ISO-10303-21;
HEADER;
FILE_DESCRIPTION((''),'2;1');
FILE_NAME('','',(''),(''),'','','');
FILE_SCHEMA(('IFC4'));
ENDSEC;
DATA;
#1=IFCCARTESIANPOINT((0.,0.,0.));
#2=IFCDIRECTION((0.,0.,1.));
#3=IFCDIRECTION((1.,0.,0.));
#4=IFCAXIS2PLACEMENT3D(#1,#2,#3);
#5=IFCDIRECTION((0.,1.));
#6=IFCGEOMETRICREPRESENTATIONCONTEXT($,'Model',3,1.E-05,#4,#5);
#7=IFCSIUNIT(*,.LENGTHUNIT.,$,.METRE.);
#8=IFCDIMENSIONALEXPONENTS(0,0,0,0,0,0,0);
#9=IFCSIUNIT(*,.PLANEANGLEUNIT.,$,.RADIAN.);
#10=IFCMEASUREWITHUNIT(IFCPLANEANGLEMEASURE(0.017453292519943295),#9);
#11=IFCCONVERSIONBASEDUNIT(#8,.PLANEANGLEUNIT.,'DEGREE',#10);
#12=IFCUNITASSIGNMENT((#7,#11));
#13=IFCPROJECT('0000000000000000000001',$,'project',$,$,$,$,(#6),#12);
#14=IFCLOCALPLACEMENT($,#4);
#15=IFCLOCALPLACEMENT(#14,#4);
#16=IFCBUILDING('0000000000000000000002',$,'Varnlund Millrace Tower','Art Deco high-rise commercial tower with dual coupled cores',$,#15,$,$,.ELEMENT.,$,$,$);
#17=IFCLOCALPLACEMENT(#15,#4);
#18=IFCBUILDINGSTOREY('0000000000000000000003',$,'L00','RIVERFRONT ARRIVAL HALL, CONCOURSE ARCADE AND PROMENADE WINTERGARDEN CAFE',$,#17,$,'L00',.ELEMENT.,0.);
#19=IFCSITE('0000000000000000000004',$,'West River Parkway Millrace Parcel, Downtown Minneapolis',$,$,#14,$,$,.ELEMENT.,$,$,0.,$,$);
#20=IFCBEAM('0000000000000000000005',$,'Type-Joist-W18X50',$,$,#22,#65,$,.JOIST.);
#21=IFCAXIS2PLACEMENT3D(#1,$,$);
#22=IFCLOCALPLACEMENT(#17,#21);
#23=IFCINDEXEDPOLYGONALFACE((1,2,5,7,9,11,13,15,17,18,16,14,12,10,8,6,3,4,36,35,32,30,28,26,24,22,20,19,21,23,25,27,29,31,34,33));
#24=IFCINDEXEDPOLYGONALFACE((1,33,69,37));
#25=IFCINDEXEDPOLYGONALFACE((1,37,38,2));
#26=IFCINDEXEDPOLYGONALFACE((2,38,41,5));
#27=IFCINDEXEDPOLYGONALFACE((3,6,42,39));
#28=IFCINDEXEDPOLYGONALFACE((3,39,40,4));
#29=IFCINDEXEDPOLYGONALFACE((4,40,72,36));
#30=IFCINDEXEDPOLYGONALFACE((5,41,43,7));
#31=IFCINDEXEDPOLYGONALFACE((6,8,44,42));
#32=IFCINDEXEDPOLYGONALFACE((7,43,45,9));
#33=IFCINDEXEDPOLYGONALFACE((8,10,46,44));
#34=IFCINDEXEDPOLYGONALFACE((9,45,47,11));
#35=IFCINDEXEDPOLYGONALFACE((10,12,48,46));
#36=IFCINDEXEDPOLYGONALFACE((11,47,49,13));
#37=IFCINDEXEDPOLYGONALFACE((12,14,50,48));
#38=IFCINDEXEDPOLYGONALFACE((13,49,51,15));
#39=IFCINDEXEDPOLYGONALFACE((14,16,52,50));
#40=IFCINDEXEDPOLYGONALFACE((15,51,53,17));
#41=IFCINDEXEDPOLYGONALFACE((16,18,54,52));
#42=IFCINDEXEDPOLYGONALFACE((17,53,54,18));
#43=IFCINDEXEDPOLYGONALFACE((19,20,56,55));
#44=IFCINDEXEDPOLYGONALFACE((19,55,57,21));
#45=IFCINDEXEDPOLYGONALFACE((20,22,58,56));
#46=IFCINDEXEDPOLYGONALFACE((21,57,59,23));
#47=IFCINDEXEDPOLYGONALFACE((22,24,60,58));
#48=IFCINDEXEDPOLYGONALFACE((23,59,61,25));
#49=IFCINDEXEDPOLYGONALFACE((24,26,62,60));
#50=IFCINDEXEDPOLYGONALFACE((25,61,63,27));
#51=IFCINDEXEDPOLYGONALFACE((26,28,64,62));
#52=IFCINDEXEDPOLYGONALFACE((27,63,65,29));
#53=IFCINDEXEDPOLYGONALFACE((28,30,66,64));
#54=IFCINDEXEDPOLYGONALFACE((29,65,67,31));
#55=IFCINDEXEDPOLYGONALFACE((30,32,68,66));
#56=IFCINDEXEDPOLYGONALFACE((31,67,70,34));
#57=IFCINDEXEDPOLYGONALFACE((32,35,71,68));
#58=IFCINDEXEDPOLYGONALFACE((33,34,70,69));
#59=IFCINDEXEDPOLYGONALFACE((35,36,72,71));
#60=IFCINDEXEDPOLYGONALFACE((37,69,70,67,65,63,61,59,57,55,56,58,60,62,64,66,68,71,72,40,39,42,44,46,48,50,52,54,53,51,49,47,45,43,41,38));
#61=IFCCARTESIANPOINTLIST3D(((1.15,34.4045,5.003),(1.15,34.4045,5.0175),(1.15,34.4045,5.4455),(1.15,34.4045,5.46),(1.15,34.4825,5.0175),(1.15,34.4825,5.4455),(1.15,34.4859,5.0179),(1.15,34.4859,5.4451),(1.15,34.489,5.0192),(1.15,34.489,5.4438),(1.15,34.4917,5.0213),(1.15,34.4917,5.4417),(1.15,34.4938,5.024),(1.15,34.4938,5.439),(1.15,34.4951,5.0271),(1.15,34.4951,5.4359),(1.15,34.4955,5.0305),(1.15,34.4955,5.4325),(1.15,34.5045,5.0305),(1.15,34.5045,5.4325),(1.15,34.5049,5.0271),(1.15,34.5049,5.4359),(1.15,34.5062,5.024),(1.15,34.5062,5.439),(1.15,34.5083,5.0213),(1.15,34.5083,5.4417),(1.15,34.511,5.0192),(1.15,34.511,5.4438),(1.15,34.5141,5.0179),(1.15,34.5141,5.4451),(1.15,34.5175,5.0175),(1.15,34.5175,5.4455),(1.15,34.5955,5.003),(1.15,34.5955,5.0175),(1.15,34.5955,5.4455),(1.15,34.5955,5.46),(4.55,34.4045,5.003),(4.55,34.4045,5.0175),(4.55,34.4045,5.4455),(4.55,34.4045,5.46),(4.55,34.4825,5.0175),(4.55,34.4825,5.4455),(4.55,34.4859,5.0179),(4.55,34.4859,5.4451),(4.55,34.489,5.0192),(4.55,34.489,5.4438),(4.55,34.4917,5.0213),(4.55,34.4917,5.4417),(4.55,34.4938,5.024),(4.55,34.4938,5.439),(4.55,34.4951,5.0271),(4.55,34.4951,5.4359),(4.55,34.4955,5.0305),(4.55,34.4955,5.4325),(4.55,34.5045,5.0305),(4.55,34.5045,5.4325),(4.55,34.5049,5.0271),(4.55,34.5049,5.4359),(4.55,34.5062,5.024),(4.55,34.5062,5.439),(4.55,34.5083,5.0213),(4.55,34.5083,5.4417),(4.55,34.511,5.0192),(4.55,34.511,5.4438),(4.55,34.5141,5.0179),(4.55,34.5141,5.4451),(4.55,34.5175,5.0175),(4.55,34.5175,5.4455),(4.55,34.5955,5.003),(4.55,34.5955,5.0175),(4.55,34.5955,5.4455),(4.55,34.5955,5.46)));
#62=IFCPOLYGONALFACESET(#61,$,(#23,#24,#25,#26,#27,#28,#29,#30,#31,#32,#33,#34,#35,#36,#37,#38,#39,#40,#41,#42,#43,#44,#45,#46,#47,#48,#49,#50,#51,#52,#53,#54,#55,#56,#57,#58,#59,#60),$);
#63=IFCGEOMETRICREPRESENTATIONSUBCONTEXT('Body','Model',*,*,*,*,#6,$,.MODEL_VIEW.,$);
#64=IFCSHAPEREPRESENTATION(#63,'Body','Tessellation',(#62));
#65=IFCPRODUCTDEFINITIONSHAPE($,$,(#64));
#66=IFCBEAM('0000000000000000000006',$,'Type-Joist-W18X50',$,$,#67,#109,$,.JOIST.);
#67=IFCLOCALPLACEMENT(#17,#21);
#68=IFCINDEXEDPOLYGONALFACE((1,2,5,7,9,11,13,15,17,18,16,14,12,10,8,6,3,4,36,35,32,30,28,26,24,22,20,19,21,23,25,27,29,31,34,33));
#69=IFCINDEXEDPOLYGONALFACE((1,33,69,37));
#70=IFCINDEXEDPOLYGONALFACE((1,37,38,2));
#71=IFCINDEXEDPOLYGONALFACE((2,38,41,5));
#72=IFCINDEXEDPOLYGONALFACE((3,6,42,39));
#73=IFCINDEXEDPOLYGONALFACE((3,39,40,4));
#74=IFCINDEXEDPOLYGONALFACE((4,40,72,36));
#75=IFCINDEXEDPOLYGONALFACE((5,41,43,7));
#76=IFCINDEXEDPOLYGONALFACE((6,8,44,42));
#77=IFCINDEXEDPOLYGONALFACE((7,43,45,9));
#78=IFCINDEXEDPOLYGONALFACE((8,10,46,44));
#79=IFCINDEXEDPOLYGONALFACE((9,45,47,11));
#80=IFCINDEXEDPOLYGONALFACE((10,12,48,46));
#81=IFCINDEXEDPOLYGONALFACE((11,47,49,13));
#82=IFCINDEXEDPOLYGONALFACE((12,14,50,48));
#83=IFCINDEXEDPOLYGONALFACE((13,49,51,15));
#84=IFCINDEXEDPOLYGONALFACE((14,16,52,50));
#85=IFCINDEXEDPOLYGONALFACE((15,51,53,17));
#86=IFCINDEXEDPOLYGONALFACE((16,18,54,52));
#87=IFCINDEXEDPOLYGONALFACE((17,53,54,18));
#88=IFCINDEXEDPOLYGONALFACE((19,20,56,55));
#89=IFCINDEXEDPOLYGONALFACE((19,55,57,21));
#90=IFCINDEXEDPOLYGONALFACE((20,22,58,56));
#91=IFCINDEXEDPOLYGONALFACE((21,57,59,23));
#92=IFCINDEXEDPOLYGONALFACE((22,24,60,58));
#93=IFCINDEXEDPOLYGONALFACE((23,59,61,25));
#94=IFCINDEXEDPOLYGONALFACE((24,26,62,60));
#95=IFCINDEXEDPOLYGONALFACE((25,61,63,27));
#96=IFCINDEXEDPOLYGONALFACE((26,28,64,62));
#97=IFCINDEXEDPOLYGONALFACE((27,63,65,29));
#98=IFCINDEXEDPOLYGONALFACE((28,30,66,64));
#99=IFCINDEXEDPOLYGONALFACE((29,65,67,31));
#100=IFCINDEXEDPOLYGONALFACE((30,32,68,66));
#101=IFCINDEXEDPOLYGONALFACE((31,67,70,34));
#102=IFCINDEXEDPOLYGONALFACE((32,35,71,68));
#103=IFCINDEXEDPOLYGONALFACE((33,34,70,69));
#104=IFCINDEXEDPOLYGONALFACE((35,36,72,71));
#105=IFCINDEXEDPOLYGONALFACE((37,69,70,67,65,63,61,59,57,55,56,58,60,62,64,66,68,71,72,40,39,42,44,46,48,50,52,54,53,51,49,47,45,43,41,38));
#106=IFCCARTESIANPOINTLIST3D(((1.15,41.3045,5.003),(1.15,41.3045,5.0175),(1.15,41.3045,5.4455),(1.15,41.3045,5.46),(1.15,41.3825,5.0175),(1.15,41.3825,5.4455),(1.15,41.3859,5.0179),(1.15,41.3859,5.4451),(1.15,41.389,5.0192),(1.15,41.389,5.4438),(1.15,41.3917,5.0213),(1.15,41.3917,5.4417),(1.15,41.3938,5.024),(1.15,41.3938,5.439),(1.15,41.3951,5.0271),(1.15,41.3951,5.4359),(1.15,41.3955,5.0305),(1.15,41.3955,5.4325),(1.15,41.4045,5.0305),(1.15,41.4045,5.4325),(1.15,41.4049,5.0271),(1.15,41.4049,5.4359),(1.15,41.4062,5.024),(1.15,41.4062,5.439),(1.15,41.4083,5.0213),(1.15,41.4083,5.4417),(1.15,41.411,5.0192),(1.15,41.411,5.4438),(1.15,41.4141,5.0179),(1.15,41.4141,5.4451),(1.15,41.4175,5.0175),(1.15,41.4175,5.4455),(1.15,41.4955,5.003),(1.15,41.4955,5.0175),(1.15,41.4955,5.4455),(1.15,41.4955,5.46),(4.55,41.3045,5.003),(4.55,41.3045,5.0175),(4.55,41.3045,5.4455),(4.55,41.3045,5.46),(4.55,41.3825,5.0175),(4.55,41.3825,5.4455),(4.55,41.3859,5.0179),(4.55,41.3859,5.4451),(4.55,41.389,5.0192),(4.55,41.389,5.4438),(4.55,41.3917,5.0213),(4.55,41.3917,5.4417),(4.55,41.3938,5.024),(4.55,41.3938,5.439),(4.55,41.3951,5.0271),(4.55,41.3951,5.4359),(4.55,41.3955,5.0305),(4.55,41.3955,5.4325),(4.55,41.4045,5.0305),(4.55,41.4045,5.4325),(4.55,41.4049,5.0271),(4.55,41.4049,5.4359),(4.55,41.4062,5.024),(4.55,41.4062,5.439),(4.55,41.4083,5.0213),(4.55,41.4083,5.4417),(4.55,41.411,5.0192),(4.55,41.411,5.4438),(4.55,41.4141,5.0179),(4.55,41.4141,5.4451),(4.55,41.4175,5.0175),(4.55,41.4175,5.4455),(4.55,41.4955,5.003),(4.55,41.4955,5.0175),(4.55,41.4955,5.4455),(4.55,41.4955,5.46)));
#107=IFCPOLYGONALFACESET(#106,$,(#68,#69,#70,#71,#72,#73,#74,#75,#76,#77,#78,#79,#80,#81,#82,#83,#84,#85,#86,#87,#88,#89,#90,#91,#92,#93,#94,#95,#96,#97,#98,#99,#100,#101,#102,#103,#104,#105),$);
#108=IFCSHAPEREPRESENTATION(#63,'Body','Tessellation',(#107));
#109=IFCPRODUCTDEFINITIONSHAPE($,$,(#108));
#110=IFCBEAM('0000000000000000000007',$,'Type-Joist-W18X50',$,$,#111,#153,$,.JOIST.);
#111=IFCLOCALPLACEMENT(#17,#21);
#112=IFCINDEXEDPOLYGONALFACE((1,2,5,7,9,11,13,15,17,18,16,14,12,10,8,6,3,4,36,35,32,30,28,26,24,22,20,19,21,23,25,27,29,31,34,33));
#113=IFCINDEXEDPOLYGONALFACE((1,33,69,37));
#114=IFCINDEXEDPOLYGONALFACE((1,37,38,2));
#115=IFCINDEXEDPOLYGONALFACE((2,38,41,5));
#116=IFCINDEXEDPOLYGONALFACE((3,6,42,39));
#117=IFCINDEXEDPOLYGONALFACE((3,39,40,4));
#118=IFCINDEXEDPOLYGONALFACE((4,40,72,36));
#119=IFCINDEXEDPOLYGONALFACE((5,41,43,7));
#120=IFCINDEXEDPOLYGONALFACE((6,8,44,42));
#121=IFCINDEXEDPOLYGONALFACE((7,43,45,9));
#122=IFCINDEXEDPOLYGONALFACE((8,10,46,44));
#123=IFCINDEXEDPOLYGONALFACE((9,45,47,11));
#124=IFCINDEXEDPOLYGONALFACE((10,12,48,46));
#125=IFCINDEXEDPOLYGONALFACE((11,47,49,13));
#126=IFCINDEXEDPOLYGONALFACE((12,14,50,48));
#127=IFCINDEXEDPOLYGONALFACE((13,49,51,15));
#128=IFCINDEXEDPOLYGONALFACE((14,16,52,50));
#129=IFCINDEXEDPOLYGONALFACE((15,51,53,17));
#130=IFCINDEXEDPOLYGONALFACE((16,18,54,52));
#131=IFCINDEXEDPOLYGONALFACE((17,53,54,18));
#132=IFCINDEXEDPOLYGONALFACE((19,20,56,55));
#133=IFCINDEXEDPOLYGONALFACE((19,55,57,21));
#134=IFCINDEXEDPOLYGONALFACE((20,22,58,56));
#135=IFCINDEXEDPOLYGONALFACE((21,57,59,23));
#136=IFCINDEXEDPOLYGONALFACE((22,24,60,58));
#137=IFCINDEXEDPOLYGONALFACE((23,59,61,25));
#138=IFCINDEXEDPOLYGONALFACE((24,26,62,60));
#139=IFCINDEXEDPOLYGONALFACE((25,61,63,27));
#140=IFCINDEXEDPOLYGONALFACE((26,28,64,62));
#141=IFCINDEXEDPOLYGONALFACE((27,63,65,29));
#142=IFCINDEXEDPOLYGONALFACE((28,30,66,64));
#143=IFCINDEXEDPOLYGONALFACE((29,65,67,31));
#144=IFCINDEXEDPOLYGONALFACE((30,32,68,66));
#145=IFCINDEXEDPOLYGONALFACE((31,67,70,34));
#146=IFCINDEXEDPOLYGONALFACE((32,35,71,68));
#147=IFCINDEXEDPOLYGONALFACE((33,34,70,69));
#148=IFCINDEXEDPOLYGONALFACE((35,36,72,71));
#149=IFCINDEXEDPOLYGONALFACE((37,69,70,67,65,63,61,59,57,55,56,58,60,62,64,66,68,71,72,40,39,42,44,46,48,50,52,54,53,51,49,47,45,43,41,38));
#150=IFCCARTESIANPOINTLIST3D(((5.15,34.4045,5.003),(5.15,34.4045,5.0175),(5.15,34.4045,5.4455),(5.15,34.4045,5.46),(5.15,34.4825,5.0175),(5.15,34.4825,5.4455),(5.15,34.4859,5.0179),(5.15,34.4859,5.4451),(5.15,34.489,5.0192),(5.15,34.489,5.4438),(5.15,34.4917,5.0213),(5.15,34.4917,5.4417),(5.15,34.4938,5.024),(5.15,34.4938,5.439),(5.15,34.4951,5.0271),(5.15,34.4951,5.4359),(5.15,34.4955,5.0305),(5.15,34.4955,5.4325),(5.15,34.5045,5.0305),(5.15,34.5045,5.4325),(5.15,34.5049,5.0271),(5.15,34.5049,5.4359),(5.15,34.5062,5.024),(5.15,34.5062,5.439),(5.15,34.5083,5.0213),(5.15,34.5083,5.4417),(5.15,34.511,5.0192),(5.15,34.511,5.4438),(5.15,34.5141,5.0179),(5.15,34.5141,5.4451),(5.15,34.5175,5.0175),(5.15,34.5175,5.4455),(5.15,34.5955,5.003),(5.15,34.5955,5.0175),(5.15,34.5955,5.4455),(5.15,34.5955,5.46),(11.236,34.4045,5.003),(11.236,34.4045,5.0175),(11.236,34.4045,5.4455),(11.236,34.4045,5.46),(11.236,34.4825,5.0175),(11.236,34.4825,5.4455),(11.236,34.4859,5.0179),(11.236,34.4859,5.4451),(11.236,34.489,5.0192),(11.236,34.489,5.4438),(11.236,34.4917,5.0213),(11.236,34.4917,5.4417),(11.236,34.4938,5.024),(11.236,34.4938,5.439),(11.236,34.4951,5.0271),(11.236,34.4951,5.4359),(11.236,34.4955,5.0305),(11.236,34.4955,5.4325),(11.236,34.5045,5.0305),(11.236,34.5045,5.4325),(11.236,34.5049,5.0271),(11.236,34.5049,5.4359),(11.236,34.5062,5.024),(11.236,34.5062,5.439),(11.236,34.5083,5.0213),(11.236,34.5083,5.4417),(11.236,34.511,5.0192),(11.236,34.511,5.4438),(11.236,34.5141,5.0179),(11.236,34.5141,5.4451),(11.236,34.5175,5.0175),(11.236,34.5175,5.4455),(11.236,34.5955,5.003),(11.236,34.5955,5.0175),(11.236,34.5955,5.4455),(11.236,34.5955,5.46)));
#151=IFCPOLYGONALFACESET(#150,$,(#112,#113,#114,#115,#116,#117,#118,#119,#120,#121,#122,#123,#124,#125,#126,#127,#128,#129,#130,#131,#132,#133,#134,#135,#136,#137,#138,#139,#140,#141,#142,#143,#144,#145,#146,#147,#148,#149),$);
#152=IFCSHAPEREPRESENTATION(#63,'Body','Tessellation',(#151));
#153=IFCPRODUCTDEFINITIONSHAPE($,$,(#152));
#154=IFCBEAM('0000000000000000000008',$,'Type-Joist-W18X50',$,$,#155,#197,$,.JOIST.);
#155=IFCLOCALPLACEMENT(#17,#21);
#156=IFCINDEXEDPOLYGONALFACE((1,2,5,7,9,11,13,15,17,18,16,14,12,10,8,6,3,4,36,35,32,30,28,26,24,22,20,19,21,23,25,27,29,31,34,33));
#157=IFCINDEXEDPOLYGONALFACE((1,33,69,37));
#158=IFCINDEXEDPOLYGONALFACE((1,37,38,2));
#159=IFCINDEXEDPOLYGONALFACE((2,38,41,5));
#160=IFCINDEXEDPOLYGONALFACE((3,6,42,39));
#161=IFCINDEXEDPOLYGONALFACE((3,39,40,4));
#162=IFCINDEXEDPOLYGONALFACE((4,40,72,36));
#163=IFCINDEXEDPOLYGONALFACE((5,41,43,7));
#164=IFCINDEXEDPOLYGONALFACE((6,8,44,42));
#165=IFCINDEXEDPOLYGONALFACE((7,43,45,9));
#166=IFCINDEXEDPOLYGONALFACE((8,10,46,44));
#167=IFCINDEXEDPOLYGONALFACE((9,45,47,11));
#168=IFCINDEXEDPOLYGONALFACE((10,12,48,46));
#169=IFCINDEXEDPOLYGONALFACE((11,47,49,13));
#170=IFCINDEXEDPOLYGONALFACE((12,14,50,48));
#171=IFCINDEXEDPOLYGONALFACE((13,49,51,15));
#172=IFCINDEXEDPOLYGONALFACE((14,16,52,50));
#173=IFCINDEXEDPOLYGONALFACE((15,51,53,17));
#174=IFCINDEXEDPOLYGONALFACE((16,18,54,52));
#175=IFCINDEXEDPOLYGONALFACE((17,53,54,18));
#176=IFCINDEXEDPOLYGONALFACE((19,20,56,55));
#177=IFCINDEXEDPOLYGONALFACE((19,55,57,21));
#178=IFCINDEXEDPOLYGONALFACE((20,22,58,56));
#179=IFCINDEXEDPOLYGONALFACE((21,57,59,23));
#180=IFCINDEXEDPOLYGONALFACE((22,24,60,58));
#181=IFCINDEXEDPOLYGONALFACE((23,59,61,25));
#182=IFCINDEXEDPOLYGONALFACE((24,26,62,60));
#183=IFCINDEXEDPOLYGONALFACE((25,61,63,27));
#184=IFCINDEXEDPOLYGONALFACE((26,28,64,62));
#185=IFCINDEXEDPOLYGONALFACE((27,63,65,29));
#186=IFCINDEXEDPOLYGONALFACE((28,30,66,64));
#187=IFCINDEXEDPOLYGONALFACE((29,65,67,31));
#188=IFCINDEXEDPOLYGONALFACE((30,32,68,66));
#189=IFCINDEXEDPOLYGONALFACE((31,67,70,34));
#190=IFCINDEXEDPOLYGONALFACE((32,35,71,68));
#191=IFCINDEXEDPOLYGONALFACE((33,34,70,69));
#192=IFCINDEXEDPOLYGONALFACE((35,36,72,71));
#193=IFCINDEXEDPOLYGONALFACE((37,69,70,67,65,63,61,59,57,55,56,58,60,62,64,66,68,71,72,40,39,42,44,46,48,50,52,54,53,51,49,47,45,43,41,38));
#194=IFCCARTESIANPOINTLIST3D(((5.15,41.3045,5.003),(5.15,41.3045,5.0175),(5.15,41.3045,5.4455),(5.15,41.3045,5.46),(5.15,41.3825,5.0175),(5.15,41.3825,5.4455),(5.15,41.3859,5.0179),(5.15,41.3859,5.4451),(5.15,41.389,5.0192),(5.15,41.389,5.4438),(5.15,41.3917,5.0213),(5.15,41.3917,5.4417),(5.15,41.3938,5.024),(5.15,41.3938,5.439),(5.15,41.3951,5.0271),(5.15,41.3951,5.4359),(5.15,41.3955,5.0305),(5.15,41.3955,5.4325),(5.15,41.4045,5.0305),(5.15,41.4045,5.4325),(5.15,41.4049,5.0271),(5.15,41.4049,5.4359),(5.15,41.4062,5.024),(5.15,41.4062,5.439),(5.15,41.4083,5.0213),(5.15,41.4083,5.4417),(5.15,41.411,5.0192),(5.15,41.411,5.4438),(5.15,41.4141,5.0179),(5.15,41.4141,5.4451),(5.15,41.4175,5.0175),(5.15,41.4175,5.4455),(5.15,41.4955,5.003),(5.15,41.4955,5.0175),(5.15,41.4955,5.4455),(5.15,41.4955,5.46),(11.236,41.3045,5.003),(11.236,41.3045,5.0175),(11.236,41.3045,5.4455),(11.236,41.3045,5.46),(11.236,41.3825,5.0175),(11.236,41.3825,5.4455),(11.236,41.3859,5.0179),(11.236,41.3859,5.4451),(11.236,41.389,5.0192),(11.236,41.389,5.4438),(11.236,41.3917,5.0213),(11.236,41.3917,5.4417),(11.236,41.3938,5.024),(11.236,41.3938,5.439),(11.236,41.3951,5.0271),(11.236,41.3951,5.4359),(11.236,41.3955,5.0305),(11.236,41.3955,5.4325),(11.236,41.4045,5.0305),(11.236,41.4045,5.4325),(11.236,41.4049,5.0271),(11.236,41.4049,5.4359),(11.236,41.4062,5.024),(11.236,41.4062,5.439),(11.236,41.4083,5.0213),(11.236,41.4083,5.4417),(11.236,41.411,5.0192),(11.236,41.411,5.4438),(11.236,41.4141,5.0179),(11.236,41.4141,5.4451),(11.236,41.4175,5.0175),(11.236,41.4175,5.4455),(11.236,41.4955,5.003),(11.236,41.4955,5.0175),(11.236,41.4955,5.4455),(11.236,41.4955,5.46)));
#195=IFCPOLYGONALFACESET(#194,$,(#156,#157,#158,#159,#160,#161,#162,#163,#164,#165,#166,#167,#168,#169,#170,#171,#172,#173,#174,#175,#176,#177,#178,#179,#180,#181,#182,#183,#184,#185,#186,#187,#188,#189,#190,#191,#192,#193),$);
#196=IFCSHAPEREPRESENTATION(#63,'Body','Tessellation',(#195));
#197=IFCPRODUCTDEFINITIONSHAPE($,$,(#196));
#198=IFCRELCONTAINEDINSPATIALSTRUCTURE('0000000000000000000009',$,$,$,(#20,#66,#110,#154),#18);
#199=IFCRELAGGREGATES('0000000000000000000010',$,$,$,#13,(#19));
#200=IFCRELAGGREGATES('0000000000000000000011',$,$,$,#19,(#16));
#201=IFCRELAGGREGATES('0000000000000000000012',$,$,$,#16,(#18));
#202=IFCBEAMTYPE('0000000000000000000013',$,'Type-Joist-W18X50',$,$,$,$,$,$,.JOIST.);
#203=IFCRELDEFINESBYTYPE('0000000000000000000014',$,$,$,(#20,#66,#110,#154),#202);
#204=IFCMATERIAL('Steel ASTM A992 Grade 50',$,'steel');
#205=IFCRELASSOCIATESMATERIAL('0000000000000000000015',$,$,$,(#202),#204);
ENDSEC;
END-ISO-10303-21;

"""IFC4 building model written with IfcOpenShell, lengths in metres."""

from ifc_helpers import new_model, entity, si_unit, converted_unit, direction, frame, origin_with_axes, origin_2d_with_axis, place, context, subcontext, project, spatial, i_section, extrude, material, material_profile, profile_set, type_object, element, save


model = new_model("IFC4")

# Units and contexts
model_context = context("Model", 3, precision=1e-05, world=origin_with_axes(), true_north=direction((0.0, 1.0)))
body_context = subcontext(model_context, "Body", "Model", "MODEL_VIEW")
ifc_project = project(units=[si_unit("LENGTHUNIT", "METRE"), converted_unit("PLANEANGLEUNIT", "DEGREE", entity("IfcPlaneAngleMeasure", 0.017453292519943295), si_unit("PLANEANGLEUNIT", "RADIAN"), dimensions=[0, 0, 0, 0, 0, 0, 0])], contexts=[model_context])

# Site, building, storey
site_placement = place(None, origin_with_axes())
site = spatial("IfcSite", under=ifc_project, at=site_placement, Name="West River Parkway Millrace Parcel, Downtown Minneapolis", CompositionType="ELEMENT", RefElevation=0.0)
building_placement = place(site_placement, origin_with_axes())
building = spatial("IfcBuilding", under=site, at=building_placement, Name="Varnlund Millrace Tower", Description="Art Deco high-rise commercial tower with dual coupled cores", CompositionType="ELEMENT")
storey_placement = place(building_placement, origin_with_axes())
storey = spatial("IfcBuildingStorey", under=building, at=storey_placement, Name="L00", Description="RIVERFRONT ARRIVAL HALL, CONCOURSE ARCADE AND PROMENADE WINTERGARDEN CAFE", LongName="L00", CompositionType="ELEMENT", Elevation=0.0)

# Beams
ifc_material_1 = material(Name="Steel ASTM A992 Grade 50", Category="steel")
ifc_material_profile_1 = material_profile(ifc_material_1, i_section(OverallWidth=0.191, OverallDepth=0.457, WebThickness=0.009, FlangeThickness=0.0145, FilletRadius=0.013, at=origin_2d_with_axis()), Name="Steel ASTM A992 Grade 50")
ifc_profile_set_1 = profile_set([ifc_material_profile_1], Name="Steel ASTM A992 Grade 50")
beam_type_1 = type_object("IfcBeamType", Name="Type-Joist-W18X50", PredefinedType="JOIST", material=ifc_profile_set_1)
for number, where, z_axis, x_axis, name in (
    (1, (1.15, 34.5, 5.2315), (1.0, 0.0, 0.0), (0.0, 1.0, 0.0), "Type-Joist-W18X50"),
    (2, (1.15, 41.4, 5.2315), (1.0, 0.0, 0.0), (0.0, 1.0, 0.0), "Type-Joist-W18X50"),
):
    element("IfcBeam", number, at=place(storey_placement, frame(where, z_axis=z_axis, x_axis=x_axis)), inside=storey, type_object=beam_type_1, Name=name, PredefinedType="JOIST", context=body_context, shape_type="SweptSolid", body=[
        extrude(i_section(OverallWidth=0.191, OverallDepth=0.457, WebThickness=0.009, FlangeThickness=0.0145, FilletRadius=0.013, at=origin_2d_with_axis()), origin_with_axes(), (0.0, 0.0, 1.0), 3.4),
    ])
for number, where, z_axis, x_axis, name in (
    (3, (5.15, 34.5, 5.2315), (1.0, 0.0, 0.0), (0.0, 1.0, 0.0), "Type-Joist-W18X50"),
    (4, (5.15, 41.4, 5.2315), (1.0, 0.0, 0.0), (0.0, 1.0, 0.0), "Type-Joist-W18X50"),
):
    element("IfcBeam", number, at=place(storey_placement, frame(where, z_axis=z_axis, x_axis=x_axis)), inside=storey, type_object=beam_type_1, Name=name, PredefinedType="JOIST", context=body_context, shape_type="SweptSolid", body=[
        extrude(i_section(OverallWidth=0.191, OverallDepth=0.457, WebThickness=0.009, FlangeThickness=0.0145, FilletRadius=0.013, at=origin_2d_with_axis()), origin_with_axes(), (0.0, 0.0, 1.0), 6.086),
    ])

save(model, "model.ifc")
